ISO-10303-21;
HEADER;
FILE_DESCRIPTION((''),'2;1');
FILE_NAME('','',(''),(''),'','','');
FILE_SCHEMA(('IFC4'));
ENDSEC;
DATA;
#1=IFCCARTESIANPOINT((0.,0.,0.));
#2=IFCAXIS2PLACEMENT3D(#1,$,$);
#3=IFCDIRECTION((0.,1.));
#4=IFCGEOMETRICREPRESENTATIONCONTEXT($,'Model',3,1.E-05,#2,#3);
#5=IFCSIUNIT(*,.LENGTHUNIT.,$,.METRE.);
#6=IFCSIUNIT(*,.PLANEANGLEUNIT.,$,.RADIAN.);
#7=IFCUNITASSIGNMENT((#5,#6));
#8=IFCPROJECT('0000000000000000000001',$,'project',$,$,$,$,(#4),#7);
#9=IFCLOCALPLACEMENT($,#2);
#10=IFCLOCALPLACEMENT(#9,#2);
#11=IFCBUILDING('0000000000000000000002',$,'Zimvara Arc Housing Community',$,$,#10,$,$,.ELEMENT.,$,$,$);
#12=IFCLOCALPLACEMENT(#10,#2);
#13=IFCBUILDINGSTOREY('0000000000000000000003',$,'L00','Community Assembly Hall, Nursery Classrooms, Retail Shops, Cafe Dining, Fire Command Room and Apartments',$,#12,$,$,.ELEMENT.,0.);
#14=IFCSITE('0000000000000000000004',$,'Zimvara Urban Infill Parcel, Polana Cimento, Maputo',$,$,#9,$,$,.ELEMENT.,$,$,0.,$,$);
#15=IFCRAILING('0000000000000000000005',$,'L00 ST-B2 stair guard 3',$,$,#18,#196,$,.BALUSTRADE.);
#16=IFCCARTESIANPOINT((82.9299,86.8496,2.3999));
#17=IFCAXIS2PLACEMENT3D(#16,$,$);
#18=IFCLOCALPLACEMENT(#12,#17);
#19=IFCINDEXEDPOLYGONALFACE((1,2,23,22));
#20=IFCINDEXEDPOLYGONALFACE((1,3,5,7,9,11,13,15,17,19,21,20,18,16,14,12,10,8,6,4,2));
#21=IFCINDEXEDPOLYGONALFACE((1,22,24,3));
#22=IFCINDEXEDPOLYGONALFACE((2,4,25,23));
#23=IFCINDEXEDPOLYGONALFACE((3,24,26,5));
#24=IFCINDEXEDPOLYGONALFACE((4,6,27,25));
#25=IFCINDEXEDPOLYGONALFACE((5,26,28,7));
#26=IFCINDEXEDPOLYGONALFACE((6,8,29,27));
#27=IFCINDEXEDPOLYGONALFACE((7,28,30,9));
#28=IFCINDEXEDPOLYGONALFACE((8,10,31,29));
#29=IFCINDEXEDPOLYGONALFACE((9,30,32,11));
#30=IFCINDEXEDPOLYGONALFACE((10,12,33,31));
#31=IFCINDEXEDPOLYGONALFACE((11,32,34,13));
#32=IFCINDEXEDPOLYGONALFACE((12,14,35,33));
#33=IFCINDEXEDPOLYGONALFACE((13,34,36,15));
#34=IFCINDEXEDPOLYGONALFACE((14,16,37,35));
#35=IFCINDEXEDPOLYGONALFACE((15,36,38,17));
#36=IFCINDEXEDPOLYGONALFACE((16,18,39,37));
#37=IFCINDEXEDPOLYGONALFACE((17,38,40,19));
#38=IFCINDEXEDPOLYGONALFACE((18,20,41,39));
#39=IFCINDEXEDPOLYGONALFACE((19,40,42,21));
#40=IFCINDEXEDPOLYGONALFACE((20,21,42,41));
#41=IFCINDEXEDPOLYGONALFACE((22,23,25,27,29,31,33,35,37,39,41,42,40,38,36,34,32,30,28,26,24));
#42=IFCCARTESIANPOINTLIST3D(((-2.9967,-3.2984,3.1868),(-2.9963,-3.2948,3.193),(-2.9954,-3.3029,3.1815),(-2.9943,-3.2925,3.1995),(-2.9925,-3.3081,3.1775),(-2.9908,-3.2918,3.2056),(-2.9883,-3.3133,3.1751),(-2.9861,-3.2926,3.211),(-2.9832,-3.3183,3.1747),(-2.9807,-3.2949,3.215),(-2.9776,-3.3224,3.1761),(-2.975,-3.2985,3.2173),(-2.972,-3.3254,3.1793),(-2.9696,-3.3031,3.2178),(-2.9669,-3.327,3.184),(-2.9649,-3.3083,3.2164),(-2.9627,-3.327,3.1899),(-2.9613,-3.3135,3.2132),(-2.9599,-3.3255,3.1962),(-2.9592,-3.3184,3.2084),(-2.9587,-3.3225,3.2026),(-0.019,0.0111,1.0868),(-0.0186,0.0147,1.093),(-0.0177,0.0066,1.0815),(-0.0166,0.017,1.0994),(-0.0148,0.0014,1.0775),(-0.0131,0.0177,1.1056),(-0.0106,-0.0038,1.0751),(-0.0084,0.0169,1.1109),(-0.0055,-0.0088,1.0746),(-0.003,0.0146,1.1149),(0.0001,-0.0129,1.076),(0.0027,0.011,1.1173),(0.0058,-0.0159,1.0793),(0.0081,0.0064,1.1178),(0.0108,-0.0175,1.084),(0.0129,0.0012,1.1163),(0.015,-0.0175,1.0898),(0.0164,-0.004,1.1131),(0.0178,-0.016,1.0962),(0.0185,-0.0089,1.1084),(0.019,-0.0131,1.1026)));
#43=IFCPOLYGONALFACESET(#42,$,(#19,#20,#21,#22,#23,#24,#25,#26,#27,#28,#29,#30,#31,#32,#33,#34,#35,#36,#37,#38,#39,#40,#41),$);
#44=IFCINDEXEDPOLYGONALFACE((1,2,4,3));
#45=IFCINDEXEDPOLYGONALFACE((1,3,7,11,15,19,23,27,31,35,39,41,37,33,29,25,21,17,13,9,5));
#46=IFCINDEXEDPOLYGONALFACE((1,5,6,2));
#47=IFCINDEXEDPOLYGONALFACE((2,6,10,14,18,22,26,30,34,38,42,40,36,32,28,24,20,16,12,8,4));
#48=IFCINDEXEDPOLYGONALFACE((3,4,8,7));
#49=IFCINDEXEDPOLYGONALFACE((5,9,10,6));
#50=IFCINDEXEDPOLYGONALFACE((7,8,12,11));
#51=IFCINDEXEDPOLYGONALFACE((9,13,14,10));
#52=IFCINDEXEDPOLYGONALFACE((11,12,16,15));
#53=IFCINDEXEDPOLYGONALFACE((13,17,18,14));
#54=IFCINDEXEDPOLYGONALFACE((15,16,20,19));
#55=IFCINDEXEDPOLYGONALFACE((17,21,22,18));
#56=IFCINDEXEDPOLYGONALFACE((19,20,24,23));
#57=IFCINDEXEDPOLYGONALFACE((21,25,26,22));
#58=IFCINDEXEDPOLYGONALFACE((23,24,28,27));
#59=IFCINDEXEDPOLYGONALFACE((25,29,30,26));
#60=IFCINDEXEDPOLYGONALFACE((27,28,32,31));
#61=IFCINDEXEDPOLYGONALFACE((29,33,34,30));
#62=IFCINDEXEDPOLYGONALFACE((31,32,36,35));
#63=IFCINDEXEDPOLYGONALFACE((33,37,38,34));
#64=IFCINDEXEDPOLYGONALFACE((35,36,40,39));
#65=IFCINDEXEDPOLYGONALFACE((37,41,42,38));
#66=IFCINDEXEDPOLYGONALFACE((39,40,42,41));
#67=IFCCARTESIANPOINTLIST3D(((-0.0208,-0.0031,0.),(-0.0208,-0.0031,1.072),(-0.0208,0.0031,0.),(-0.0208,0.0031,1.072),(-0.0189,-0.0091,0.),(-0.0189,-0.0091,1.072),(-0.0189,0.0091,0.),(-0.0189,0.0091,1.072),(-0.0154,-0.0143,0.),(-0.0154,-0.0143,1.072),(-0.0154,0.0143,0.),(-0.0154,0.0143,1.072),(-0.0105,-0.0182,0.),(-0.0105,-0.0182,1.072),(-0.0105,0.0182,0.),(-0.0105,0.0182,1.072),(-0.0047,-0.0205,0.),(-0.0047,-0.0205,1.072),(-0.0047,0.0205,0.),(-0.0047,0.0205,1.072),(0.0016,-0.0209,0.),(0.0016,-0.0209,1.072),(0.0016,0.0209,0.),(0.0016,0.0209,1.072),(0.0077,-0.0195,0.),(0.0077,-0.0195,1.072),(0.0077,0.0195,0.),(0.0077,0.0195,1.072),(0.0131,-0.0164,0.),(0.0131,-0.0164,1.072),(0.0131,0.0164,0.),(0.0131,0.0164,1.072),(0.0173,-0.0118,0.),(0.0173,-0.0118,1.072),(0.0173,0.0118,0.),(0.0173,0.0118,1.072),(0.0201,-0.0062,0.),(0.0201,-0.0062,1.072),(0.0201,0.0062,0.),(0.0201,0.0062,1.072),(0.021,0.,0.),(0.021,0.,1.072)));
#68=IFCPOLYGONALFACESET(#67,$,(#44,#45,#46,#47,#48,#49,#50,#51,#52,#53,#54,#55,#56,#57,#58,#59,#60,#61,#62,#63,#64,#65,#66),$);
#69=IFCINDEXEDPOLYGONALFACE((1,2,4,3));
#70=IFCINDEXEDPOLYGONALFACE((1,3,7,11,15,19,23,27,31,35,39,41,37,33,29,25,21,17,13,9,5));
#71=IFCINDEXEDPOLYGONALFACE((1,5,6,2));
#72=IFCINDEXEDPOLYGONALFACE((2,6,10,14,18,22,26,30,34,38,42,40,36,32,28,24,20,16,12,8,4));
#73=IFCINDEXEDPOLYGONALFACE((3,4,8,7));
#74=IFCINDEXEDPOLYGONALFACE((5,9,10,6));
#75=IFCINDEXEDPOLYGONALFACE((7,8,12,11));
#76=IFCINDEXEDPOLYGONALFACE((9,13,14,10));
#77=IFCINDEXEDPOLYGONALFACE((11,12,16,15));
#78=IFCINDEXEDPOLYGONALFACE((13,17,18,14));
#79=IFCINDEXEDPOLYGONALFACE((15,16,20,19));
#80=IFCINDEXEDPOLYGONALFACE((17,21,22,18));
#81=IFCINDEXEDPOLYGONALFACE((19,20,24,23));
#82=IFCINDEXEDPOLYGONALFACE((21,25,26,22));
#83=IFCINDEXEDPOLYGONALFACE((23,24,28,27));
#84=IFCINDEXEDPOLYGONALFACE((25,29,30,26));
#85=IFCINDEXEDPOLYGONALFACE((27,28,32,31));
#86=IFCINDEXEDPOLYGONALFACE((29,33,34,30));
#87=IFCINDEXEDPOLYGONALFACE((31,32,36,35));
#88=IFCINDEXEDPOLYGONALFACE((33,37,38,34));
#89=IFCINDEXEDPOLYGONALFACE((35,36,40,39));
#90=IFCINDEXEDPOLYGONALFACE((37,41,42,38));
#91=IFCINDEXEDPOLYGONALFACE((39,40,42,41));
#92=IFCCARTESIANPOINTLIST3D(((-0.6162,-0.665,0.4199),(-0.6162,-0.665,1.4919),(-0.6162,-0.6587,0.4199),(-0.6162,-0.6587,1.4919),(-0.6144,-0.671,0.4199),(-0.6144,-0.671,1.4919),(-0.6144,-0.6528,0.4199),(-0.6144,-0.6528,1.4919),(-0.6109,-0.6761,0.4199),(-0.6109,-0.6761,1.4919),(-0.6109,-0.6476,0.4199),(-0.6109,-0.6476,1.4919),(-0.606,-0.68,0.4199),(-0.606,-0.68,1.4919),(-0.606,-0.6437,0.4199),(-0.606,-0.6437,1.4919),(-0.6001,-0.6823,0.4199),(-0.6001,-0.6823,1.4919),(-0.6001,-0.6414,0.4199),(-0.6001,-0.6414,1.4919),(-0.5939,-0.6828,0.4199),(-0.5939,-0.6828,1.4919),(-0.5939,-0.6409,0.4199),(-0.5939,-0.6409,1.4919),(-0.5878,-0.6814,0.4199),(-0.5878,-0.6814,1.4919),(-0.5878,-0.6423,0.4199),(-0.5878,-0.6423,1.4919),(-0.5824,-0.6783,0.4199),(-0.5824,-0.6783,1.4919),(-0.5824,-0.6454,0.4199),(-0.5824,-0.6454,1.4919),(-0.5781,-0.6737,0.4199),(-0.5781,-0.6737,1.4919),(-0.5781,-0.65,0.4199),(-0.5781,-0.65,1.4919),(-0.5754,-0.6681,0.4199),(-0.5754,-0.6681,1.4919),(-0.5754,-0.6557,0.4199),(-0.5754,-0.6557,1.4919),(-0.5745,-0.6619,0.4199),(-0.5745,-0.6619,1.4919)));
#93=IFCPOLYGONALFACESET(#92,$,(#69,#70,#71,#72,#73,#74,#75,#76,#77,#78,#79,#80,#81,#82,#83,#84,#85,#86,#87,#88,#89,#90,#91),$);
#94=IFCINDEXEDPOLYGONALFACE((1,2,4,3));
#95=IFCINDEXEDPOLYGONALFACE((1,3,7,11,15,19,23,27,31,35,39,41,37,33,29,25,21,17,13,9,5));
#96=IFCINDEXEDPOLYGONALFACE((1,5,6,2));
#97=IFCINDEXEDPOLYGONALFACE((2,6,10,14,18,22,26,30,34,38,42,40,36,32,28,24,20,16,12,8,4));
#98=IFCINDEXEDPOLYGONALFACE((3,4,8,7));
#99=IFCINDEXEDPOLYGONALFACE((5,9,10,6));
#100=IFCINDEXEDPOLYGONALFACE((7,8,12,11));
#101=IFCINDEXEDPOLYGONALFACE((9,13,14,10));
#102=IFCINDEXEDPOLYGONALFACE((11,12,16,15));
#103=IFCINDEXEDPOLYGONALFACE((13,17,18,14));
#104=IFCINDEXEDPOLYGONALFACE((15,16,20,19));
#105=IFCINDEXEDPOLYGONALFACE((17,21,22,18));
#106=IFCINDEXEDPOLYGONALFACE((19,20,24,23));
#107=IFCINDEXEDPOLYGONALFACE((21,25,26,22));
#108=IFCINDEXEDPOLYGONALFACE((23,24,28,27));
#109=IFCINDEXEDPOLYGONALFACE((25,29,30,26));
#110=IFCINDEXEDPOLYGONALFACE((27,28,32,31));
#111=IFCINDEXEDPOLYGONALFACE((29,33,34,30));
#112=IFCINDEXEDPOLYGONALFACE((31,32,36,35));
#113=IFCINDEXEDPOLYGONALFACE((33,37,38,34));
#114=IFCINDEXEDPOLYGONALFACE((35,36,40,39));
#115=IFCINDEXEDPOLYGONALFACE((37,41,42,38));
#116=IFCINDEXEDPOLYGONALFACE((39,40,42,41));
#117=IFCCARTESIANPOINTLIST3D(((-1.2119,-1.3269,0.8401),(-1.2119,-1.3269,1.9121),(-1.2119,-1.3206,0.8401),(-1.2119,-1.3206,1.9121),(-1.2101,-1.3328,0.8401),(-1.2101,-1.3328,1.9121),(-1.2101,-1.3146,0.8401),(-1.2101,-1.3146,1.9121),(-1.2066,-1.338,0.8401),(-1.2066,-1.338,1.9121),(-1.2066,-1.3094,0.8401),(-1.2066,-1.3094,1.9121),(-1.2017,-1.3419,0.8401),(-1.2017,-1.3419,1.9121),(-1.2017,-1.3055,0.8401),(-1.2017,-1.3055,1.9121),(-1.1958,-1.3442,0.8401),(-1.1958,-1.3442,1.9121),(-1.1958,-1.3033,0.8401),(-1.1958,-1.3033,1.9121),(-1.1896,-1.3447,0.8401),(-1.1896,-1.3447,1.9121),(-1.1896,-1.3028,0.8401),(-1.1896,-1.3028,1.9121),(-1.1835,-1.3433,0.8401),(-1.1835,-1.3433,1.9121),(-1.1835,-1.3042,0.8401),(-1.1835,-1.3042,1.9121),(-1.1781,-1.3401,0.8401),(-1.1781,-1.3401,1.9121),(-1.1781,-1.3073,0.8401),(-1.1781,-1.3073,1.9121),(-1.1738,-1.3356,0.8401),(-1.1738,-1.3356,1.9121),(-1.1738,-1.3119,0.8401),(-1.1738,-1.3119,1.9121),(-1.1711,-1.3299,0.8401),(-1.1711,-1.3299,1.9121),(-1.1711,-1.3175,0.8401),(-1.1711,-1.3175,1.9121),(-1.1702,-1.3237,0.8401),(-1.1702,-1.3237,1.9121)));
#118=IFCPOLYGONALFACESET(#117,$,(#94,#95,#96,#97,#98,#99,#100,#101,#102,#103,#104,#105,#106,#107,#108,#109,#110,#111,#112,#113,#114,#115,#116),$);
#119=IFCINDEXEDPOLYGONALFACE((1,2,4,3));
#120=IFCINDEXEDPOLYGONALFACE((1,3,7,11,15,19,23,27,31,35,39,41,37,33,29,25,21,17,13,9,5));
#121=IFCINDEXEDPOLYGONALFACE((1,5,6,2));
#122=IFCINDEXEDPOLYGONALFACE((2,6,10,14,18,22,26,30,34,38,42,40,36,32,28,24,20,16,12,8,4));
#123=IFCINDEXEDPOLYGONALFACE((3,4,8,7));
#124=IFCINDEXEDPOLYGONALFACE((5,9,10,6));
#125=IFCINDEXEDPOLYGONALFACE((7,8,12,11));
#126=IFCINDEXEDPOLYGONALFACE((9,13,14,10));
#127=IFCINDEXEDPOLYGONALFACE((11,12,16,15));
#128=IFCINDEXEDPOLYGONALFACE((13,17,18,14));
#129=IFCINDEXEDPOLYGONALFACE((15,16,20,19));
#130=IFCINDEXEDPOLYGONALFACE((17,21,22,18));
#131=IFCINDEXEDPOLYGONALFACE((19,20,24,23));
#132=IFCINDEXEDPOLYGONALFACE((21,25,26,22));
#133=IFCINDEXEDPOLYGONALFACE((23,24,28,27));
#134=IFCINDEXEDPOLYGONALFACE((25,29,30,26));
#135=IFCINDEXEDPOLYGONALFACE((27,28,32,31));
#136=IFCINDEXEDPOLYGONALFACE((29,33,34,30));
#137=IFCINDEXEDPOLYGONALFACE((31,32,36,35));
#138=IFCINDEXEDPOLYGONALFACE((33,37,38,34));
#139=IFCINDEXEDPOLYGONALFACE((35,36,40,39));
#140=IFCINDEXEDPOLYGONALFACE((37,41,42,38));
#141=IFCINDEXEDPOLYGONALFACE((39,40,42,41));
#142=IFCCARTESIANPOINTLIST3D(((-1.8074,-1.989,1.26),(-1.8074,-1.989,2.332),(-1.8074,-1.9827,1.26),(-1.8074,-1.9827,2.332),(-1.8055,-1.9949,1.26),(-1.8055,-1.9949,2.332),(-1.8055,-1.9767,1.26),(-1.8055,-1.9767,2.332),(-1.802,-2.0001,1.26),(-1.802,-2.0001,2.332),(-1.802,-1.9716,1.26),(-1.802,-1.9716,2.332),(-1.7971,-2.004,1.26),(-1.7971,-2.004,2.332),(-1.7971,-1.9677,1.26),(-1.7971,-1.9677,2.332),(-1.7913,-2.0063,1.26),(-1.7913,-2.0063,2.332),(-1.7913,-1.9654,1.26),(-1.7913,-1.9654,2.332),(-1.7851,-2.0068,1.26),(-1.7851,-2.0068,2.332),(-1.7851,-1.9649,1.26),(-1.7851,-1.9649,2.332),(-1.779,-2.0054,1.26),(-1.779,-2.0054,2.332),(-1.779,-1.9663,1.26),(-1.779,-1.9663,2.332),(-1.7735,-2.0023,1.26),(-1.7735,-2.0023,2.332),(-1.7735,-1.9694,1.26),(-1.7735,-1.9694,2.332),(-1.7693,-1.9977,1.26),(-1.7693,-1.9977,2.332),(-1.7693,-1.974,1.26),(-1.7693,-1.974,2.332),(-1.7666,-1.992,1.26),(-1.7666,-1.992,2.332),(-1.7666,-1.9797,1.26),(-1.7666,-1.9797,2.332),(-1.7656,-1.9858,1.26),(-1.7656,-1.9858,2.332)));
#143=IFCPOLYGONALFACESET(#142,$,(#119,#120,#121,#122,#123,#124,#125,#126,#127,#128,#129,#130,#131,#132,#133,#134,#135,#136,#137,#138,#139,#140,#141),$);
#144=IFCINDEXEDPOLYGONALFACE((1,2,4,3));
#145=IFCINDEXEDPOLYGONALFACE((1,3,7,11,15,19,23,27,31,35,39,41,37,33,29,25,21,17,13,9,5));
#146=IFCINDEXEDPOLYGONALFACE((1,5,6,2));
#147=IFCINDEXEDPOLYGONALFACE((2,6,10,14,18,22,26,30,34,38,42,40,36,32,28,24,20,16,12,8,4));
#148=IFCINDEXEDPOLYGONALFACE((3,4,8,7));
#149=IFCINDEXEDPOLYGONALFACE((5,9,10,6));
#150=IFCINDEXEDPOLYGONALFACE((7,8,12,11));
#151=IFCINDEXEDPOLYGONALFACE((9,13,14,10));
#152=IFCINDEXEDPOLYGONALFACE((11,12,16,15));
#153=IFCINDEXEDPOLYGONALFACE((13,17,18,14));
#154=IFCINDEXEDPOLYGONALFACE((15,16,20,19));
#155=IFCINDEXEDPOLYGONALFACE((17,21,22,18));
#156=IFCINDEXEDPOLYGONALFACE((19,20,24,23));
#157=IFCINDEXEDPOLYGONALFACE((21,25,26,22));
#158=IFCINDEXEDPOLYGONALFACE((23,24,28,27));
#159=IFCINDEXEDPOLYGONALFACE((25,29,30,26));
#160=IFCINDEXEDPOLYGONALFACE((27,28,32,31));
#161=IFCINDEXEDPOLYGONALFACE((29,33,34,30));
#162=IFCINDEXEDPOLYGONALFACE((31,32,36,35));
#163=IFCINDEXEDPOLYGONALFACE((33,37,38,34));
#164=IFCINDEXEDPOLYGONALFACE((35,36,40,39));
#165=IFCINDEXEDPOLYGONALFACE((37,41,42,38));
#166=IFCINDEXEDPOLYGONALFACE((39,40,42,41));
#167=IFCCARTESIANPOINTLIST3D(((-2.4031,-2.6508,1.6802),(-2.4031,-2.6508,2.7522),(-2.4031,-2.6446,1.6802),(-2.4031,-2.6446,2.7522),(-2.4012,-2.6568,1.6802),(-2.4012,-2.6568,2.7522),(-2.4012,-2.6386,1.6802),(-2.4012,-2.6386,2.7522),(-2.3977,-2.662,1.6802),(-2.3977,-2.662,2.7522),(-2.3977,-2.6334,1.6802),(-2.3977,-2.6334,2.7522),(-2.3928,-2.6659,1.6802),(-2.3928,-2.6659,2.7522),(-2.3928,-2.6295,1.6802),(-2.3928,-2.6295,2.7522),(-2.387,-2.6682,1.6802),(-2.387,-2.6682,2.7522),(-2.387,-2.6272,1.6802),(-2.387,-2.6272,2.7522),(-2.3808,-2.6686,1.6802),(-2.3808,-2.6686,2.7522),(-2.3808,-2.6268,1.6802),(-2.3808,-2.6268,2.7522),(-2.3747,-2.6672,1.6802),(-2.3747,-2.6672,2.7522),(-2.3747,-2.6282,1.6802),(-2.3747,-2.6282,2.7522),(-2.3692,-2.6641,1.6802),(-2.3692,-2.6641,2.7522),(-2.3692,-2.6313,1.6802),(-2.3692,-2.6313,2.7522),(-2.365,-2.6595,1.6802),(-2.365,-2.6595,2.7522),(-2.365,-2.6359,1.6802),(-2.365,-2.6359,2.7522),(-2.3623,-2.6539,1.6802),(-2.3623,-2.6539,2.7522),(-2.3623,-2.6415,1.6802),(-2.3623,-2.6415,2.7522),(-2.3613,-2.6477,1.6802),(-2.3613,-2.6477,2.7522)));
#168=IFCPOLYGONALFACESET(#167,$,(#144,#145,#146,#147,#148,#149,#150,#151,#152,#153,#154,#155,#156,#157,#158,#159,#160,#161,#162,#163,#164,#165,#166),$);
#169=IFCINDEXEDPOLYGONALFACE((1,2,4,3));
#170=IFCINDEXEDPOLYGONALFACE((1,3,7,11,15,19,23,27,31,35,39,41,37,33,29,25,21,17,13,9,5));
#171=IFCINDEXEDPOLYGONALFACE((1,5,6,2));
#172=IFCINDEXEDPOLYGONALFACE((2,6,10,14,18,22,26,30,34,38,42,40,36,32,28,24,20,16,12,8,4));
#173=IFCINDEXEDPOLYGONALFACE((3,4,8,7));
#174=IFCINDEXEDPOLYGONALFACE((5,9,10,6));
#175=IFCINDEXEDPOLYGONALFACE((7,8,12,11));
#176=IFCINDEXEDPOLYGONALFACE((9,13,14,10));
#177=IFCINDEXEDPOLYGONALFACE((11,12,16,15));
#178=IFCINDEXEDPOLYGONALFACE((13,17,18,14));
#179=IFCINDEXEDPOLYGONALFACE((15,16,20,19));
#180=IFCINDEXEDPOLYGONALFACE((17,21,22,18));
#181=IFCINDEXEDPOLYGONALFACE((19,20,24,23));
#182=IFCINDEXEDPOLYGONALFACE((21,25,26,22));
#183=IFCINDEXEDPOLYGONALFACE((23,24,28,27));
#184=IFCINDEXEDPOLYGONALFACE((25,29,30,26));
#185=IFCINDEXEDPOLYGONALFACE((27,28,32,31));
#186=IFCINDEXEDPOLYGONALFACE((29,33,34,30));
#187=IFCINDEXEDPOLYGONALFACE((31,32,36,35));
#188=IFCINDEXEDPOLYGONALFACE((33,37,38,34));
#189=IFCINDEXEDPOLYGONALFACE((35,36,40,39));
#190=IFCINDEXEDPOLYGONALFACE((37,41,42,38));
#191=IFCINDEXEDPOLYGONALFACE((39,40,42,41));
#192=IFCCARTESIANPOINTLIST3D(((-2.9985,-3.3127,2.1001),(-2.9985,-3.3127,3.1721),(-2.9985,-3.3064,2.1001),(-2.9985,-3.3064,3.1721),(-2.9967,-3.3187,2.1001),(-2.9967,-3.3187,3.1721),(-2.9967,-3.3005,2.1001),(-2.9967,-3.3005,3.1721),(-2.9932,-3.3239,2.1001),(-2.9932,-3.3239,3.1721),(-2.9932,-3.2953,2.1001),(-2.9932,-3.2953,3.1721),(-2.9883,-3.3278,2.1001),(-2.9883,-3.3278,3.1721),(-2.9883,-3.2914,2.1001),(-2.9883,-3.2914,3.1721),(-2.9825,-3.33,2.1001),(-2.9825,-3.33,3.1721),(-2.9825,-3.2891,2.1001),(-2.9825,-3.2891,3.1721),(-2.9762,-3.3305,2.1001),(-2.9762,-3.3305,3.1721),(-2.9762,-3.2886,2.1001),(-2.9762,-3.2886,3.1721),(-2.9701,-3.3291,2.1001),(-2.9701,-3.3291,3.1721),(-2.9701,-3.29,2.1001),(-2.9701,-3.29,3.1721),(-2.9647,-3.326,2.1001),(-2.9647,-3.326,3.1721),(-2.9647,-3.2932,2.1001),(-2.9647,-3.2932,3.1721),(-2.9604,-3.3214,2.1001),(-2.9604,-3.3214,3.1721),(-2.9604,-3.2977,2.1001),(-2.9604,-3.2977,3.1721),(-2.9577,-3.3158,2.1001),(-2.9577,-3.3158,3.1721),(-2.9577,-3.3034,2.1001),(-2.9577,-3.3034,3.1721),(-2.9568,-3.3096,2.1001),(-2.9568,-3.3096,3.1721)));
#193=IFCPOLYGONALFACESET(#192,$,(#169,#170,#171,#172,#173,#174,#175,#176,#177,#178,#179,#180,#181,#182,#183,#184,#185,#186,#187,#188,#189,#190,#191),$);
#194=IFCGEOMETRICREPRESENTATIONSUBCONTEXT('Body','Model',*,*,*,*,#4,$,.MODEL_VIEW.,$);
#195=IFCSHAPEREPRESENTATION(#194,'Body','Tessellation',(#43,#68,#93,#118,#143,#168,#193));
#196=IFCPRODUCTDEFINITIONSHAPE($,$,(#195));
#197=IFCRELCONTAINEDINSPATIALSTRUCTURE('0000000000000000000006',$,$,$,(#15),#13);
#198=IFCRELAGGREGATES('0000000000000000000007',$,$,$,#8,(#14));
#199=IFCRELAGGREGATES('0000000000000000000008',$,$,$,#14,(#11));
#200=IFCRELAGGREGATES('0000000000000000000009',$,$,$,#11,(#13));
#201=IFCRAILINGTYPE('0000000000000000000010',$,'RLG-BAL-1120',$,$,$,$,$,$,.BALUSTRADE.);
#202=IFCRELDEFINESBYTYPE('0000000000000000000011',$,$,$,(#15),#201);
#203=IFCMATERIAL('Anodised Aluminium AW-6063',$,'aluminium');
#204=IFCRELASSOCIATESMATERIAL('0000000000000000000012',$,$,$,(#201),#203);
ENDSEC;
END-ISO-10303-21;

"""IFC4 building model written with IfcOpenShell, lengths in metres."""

from ifc_helpers import new_model, si_unit, direction, frame, origin, origin_2d, place, context, subcontext, project, spatial, circle, extrude, material, type_object, element, save


model = new_model("IFC4")

# Units and contexts
model_context = context("Model", 3, precision=1e-05, world=origin(), true_north=direction((0.0, 1.0)))
body_context = subcontext(model_context, "Body", "Model", "MODEL_VIEW")
ifc_project = project(units=[si_unit("LENGTHUNIT", "METRE"), si_unit("PLANEANGLEUNIT", "RADIAN")], contexts=[model_context])

# Site, building, storey
site_placement = place(None, origin())
site = spatial("IfcSite", under=ifc_project, at=site_placement, Name="Zimvara Urban Infill Parcel, Polana Cimento, Maputo", CompositionType="ELEMENT", RefElevation=0.0)
building_placement = place(site_placement, origin())
building = spatial("IfcBuilding", under=site, at=building_placement, Name="Zimvara Arc Housing Community", CompositionType="ELEMENT")
storey_placement = place(building_placement, origin())
storey = spatial("IfcBuildingStorey", under=building, at=storey_placement, Name="L00", Description="Community Assembly Hall, Nursery Classrooms, Retail Shops, Cafe Dining, Fire Command Room and Apartments", CompositionType="ELEMENT", Elevation=0.0)

# Railing
ifc_material_1 = material(Name="Anodised Aluminium AW-6063", Category="aluminium")
railing_type_1 = type_object("IfcRailingType", Name="RLG-BAL-1120", PredefinedType="BALUSTRADE", material=ifc_material_1)
railing_1_placement = place(storey_placement, frame((82.9299, 86.8496, 2.3999)))
element("IfcRailing", 1, at=railing_1_placement, inside=storey, type_object=railing_type_1, Name="L00 ST-B2 stair guard 3", PredefinedType="BALUSTRADE", context=body_context, shape_type="SweptSolid", body=[
    extrude(circle(Radius=0.0239, at=origin_2d()), frame((0.0, 0.0, 1.0962), z_axis=(-0.604935, -0.672337, 0.426634), x_axis=(0.743387, -0.668862, 0.0)), (0.0, 0.0, 1.0), 4.9224),
    extrude(circle(Radius=0.021, at=origin_2d()), origin(), (0.0, 0.0, 1.0), 1.072),
    extrude(circle(Radius=0.021, at=origin_2d()), frame((-0.5955, -0.6619, 0.4199)), (0.0, 0.0, 1.0), 1.072),
    extrude(circle(Radius=0.021, at=origin_2d()), frame((-1.1912, -1.3237, 0.8401)), (0.0, 0.0, 1.0), 1.072),
    extrude(circle(Radius=0.021, at=origin_2d()), frame((-1.7866, -1.9858, 1.26)), (0.0, 0.0, 1.0), 1.072),
    extrude(circle(Radius=0.021, at=origin_2d()), frame((-2.3823, -2.6477, 1.6802)), (0.0, 0.0, 1.0), 1.072),
    extrude(circle(Radius=0.021, at=origin_2d()), frame((-2.9778, -3.3096, 2.1001)), (0.0, 0.0, 1.0), 1.072),
])

save(model, "model.ifc")
